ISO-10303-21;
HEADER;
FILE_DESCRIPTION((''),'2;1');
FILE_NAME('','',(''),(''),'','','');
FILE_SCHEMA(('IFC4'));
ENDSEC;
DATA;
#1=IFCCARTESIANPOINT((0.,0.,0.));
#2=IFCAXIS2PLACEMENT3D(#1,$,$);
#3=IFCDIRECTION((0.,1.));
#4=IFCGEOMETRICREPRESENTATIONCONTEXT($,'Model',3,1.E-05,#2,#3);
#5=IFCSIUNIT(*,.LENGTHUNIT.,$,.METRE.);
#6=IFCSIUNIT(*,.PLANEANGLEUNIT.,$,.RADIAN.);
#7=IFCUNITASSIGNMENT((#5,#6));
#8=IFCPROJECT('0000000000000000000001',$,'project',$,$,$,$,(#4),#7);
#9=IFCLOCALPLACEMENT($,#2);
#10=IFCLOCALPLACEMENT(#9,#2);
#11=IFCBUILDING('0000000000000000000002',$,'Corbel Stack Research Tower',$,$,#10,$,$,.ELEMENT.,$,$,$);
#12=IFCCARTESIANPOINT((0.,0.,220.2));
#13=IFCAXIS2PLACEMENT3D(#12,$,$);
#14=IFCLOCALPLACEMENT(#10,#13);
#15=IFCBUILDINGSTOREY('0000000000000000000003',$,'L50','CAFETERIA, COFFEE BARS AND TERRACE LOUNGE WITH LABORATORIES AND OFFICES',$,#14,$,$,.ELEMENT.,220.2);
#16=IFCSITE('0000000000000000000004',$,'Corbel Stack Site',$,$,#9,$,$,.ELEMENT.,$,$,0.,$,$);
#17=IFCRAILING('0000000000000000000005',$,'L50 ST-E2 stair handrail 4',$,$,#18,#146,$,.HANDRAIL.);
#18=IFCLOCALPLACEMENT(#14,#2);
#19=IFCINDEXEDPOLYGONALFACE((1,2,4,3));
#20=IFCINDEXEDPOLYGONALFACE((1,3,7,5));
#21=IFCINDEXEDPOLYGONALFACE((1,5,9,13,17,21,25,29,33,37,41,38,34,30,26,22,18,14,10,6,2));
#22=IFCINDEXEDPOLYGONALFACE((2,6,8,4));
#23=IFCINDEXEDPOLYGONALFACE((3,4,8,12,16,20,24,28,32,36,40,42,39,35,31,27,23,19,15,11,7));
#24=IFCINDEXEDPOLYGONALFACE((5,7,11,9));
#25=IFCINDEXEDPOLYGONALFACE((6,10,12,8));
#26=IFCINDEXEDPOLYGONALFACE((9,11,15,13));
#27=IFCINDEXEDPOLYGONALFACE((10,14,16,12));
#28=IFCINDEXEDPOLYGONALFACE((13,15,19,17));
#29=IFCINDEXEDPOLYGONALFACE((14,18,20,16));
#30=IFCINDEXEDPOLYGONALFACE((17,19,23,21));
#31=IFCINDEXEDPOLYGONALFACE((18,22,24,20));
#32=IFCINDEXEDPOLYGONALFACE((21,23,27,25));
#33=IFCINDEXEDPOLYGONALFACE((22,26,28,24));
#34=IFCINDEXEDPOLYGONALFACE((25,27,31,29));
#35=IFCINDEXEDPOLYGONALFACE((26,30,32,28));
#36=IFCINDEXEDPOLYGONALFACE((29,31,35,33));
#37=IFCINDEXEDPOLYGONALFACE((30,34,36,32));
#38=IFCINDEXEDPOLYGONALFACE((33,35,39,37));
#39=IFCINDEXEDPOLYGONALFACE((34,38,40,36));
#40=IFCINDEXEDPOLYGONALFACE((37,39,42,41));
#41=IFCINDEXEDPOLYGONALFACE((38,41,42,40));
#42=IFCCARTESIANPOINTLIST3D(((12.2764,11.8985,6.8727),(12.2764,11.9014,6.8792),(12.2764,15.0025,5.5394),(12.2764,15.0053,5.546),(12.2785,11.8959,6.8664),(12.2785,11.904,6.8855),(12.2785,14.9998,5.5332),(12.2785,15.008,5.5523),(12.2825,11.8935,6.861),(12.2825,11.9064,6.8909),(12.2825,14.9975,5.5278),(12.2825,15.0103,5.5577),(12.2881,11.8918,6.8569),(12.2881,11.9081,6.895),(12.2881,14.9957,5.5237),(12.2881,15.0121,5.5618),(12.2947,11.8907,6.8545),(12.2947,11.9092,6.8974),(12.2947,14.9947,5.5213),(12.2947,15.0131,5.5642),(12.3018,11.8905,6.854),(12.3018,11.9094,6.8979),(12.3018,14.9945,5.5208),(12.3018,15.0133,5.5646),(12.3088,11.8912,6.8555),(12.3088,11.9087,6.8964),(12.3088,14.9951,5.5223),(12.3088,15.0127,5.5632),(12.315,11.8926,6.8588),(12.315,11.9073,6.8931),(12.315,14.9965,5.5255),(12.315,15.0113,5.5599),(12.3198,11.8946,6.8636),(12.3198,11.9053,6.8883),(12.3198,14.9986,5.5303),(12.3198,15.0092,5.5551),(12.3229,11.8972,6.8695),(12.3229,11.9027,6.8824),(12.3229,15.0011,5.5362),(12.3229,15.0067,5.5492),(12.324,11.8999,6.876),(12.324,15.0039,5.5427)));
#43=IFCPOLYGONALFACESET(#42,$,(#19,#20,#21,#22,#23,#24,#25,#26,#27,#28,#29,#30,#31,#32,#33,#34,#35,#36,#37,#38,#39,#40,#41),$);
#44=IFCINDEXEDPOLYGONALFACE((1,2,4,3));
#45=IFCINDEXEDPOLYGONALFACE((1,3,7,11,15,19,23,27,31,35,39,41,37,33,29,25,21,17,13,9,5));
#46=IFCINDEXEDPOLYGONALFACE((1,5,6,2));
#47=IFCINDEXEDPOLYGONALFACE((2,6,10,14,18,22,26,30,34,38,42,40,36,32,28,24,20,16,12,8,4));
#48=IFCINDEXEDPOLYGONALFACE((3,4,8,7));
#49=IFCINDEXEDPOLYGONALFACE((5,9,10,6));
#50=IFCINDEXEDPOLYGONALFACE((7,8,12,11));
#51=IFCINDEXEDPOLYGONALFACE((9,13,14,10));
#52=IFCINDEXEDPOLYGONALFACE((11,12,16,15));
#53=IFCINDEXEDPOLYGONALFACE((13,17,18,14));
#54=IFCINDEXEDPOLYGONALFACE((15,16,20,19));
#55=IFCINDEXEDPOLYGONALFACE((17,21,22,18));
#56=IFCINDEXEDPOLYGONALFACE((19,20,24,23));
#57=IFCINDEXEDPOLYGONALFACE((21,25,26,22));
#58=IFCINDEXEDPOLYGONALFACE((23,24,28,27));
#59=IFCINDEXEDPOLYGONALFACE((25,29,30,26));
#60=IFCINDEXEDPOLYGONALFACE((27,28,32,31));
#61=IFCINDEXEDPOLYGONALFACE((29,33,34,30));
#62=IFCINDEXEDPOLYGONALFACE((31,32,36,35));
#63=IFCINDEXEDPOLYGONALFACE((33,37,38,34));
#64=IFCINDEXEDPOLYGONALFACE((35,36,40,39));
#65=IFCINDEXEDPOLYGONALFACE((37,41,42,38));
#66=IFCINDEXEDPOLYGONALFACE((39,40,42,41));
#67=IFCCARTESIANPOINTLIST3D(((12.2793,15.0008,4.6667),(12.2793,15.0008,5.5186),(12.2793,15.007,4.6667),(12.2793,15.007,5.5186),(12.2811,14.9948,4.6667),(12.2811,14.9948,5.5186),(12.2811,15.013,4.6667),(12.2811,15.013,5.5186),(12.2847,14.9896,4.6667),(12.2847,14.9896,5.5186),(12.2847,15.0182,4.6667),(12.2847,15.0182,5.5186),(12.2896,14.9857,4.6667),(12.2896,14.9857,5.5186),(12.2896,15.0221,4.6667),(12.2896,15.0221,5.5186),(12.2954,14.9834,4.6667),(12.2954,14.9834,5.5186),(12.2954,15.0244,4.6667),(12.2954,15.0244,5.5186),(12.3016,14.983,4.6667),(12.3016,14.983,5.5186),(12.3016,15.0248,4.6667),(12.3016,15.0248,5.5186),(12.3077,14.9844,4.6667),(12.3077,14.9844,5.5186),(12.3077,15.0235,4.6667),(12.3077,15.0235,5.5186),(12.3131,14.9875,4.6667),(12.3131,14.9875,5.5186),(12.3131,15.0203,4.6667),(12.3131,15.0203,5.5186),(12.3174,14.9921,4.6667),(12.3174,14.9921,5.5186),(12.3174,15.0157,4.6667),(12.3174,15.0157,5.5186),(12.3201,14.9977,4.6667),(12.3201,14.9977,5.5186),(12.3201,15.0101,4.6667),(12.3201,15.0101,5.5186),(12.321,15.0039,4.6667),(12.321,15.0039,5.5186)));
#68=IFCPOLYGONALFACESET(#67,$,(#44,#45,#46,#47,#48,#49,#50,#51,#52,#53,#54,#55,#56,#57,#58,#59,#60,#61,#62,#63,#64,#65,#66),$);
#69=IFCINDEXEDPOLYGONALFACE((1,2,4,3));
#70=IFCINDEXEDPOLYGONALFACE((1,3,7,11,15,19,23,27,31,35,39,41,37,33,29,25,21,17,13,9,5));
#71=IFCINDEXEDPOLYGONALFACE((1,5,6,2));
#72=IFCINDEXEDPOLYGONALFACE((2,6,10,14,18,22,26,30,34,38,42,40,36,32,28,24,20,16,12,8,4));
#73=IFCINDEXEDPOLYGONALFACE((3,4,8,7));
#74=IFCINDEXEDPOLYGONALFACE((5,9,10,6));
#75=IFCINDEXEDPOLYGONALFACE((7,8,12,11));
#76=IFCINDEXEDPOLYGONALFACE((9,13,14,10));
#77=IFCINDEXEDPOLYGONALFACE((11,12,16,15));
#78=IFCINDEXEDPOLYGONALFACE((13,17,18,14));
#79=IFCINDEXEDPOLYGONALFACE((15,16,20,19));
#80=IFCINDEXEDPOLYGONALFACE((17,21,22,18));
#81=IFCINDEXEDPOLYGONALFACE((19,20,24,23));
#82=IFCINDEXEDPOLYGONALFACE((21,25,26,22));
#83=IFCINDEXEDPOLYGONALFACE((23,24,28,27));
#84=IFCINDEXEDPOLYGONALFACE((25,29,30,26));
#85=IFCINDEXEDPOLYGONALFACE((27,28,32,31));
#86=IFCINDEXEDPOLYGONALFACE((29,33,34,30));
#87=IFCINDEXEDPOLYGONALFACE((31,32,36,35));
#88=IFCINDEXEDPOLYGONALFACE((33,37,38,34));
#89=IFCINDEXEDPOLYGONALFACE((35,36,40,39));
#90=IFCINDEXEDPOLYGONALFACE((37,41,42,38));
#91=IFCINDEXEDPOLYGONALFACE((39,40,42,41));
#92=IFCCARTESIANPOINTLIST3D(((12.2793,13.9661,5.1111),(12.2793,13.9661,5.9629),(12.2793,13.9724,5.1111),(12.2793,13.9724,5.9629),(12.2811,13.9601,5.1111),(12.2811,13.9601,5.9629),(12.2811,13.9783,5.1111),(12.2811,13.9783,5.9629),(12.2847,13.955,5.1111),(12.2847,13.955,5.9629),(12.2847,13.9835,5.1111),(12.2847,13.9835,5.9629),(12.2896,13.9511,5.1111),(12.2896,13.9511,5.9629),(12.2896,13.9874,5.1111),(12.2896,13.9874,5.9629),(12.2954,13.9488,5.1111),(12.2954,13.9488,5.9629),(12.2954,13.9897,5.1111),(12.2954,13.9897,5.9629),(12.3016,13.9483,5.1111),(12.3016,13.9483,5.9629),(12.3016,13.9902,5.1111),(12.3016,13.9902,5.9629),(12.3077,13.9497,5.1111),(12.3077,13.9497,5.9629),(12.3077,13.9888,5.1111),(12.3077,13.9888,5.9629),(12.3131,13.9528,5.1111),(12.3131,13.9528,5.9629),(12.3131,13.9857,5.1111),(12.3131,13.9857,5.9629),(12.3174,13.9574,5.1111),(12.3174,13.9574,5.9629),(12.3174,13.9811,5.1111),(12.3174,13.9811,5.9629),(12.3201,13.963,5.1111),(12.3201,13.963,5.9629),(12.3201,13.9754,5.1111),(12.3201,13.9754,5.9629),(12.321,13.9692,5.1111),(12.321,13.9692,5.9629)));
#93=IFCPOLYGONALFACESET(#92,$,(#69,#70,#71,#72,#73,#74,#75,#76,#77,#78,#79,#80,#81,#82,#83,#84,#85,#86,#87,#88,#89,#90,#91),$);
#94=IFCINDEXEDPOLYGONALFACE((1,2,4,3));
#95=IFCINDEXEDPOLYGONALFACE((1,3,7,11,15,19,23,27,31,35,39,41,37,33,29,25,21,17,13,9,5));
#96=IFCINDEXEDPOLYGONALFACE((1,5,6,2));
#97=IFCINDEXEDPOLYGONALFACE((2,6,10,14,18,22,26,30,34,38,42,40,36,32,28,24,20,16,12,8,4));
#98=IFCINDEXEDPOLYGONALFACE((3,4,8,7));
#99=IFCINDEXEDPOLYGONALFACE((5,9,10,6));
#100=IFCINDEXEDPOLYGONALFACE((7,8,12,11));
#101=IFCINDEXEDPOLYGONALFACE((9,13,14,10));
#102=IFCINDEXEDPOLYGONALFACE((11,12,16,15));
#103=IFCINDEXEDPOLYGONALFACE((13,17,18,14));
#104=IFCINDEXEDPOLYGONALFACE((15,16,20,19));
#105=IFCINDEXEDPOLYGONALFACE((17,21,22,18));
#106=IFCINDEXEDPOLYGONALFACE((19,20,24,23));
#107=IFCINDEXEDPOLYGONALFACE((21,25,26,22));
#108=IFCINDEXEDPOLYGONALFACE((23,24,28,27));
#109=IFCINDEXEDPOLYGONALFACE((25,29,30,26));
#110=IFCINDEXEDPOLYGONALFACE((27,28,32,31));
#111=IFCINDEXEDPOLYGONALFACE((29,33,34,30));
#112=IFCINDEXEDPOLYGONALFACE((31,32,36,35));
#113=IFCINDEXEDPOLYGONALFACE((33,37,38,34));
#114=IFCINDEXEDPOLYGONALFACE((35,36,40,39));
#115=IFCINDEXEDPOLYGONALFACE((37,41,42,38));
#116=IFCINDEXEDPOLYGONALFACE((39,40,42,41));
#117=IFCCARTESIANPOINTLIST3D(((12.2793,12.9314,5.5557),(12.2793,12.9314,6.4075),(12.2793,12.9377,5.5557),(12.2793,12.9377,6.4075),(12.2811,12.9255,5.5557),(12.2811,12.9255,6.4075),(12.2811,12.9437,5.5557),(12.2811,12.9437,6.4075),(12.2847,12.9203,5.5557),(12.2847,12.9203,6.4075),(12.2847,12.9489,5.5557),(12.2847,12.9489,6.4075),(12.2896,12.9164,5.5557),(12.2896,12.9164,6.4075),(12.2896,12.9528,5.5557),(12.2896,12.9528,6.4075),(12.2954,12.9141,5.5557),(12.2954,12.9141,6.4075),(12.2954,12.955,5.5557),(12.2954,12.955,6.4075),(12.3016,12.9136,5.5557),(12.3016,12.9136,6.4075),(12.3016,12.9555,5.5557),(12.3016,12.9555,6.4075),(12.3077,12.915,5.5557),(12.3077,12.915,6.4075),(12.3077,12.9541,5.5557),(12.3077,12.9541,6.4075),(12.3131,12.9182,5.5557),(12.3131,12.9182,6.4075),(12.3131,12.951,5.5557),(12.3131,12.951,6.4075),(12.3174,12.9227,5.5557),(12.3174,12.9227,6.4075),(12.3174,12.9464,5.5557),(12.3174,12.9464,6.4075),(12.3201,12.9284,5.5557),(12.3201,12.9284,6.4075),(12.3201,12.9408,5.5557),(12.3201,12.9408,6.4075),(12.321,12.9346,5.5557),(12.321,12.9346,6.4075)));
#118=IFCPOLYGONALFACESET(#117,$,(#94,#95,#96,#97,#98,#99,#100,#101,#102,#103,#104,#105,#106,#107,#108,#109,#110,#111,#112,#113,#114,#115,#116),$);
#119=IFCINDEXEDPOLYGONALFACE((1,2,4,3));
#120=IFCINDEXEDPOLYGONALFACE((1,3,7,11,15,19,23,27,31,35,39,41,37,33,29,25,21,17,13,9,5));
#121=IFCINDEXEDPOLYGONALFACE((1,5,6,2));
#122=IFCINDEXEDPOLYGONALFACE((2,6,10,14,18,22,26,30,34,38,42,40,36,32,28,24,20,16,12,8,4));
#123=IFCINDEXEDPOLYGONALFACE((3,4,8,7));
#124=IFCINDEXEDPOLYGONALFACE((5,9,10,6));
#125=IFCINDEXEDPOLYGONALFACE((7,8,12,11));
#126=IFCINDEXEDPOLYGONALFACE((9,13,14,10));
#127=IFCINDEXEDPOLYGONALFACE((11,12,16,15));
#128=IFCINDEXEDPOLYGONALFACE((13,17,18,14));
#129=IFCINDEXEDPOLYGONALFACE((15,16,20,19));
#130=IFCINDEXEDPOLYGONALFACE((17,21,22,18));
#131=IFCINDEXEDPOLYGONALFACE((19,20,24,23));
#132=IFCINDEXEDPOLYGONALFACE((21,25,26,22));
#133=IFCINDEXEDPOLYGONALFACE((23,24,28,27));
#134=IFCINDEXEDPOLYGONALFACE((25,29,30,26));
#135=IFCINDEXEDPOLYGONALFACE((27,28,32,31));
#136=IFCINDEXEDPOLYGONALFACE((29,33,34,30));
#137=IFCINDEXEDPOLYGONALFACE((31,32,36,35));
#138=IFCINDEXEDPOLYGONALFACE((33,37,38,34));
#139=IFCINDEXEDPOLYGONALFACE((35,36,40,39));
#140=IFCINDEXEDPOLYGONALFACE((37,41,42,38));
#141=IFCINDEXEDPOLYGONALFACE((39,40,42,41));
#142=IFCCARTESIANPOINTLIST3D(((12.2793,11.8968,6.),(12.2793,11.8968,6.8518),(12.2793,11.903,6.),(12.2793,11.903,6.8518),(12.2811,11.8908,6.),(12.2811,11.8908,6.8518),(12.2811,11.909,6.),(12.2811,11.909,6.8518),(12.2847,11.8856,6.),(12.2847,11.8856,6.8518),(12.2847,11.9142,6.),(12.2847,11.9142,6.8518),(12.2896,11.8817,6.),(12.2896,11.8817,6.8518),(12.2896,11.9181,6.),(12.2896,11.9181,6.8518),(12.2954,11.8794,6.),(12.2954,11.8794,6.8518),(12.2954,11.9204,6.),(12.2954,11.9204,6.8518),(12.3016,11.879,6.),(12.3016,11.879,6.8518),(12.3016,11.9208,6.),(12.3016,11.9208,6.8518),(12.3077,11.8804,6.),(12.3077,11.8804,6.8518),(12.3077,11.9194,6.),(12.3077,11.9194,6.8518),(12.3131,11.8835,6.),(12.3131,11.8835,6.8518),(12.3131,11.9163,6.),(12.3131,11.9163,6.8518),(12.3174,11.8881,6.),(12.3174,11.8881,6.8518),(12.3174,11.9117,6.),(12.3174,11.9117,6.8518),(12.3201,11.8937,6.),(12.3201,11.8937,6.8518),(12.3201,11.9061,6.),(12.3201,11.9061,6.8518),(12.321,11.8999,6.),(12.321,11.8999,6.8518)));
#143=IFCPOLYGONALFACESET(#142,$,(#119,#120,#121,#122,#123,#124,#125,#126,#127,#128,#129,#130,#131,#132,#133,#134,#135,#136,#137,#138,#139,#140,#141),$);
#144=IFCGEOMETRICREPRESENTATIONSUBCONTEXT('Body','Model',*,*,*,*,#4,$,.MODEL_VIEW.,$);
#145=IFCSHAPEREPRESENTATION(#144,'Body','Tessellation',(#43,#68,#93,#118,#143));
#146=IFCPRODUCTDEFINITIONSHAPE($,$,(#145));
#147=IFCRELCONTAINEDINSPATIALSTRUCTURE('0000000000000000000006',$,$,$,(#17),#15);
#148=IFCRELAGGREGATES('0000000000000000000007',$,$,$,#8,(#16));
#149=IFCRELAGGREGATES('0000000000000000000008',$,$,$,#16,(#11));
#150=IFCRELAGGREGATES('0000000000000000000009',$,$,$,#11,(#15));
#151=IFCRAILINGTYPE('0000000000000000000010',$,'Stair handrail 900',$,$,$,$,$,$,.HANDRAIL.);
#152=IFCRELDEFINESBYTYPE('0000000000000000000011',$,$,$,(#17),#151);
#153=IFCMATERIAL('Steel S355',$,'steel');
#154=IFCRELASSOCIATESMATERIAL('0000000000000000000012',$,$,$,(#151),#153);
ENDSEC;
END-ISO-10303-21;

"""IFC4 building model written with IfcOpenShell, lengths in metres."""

from ifc_helpers import new_model, si_unit, direction, frame, origin, origin_2d, place, context, subcontext, project, spatial, circle, extrude, material, type_object, element, save


model = new_model("IFC4")

# Units and contexts
model_context = context("Model", 3, precision=1e-05, world=origin(), true_north=direction((0.0, 1.0)))
body_context = subcontext(model_context, "Body", "Model", "MODEL_VIEW")
ifc_project = project(units=[si_unit("LENGTHUNIT", "METRE"), si_unit("PLANEANGLEUNIT", "RADIAN")], contexts=[model_context])

# Site, building, storey
site_placement = place(None, origin())
site = spatial("IfcSite", under=ifc_project, at=site_placement, Name="Corbel Stack Site", CompositionType="ELEMENT", RefElevation=0.0)
building_placement = place(site_placement, origin())
building = spatial("IfcBuilding", under=site, at=building_placement, Name="Corbel Stack Research Tower", CompositionType="ELEMENT")
storey_placement = place(building_placement, frame((0.0, 0.0, 220.2)))
storey = spatial("IfcBuildingStorey", under=building, at=storey_placement, Name="L50", Description="CAFETERIA, COFFEE BARS AND TERRACE LOUNGE WITH LABORATORIES AND OFFICES", CompositionType="ELEMENT", Elevation=220.2)

# Railing
ifc_material_1 = material(Name="Steel S355", Category="steel")
railing_type_1 = type_object("IfcRailingType", Name="Stair handrail 900", PredefinedType="HANDRAIL", material=ifc_material_1)
for number, where, name in (
    (1, (12.3, 15.0039, 4.6667), "L50 ST-E2 stair handrail 4"),
):
    element("IfcRailing", number, at=place(storey_placement, frame(where)), inside=storey, type_object=railing_type_1, Name=name, PredefinedType="HANDRAIL", context=body_context, shape_type="SweptSolid", body=[
        extrude(circle(Radius=0.0239, at=origin_2d()), frame((0.0, 0.0, 0.876), z_axis=(0.0, -0.918827, 0.394661), x_axis=(1.0, 0.0, 0.0)), (0.0, 0.0, 1.0), 3.3782),
        extrude(circle(Radius=0.021, at=origin_2d()), origin(), (0.0, 0.0, 1.0), 0.8518),
        extrude(circle(Radius=0.021, at=origin_2d()), frame((0.0, -1.0347, 0.4443)), (0.0, 0.0, 1.0), 0.8518),
        extrude(circle(Radius=0.021, at=origin_2d()), frame((0.0, -2.0693, 0.8889)), (0.0, 0.0, 1.0), 0.8518),
        extrude(circle(Radius=0.021, at=origin_2d()), frame((0.0, -3.104, 1.3333)), (0.0, 0.0, 1.0), 0.8518),
    ])

save(model, "model.ifc")
